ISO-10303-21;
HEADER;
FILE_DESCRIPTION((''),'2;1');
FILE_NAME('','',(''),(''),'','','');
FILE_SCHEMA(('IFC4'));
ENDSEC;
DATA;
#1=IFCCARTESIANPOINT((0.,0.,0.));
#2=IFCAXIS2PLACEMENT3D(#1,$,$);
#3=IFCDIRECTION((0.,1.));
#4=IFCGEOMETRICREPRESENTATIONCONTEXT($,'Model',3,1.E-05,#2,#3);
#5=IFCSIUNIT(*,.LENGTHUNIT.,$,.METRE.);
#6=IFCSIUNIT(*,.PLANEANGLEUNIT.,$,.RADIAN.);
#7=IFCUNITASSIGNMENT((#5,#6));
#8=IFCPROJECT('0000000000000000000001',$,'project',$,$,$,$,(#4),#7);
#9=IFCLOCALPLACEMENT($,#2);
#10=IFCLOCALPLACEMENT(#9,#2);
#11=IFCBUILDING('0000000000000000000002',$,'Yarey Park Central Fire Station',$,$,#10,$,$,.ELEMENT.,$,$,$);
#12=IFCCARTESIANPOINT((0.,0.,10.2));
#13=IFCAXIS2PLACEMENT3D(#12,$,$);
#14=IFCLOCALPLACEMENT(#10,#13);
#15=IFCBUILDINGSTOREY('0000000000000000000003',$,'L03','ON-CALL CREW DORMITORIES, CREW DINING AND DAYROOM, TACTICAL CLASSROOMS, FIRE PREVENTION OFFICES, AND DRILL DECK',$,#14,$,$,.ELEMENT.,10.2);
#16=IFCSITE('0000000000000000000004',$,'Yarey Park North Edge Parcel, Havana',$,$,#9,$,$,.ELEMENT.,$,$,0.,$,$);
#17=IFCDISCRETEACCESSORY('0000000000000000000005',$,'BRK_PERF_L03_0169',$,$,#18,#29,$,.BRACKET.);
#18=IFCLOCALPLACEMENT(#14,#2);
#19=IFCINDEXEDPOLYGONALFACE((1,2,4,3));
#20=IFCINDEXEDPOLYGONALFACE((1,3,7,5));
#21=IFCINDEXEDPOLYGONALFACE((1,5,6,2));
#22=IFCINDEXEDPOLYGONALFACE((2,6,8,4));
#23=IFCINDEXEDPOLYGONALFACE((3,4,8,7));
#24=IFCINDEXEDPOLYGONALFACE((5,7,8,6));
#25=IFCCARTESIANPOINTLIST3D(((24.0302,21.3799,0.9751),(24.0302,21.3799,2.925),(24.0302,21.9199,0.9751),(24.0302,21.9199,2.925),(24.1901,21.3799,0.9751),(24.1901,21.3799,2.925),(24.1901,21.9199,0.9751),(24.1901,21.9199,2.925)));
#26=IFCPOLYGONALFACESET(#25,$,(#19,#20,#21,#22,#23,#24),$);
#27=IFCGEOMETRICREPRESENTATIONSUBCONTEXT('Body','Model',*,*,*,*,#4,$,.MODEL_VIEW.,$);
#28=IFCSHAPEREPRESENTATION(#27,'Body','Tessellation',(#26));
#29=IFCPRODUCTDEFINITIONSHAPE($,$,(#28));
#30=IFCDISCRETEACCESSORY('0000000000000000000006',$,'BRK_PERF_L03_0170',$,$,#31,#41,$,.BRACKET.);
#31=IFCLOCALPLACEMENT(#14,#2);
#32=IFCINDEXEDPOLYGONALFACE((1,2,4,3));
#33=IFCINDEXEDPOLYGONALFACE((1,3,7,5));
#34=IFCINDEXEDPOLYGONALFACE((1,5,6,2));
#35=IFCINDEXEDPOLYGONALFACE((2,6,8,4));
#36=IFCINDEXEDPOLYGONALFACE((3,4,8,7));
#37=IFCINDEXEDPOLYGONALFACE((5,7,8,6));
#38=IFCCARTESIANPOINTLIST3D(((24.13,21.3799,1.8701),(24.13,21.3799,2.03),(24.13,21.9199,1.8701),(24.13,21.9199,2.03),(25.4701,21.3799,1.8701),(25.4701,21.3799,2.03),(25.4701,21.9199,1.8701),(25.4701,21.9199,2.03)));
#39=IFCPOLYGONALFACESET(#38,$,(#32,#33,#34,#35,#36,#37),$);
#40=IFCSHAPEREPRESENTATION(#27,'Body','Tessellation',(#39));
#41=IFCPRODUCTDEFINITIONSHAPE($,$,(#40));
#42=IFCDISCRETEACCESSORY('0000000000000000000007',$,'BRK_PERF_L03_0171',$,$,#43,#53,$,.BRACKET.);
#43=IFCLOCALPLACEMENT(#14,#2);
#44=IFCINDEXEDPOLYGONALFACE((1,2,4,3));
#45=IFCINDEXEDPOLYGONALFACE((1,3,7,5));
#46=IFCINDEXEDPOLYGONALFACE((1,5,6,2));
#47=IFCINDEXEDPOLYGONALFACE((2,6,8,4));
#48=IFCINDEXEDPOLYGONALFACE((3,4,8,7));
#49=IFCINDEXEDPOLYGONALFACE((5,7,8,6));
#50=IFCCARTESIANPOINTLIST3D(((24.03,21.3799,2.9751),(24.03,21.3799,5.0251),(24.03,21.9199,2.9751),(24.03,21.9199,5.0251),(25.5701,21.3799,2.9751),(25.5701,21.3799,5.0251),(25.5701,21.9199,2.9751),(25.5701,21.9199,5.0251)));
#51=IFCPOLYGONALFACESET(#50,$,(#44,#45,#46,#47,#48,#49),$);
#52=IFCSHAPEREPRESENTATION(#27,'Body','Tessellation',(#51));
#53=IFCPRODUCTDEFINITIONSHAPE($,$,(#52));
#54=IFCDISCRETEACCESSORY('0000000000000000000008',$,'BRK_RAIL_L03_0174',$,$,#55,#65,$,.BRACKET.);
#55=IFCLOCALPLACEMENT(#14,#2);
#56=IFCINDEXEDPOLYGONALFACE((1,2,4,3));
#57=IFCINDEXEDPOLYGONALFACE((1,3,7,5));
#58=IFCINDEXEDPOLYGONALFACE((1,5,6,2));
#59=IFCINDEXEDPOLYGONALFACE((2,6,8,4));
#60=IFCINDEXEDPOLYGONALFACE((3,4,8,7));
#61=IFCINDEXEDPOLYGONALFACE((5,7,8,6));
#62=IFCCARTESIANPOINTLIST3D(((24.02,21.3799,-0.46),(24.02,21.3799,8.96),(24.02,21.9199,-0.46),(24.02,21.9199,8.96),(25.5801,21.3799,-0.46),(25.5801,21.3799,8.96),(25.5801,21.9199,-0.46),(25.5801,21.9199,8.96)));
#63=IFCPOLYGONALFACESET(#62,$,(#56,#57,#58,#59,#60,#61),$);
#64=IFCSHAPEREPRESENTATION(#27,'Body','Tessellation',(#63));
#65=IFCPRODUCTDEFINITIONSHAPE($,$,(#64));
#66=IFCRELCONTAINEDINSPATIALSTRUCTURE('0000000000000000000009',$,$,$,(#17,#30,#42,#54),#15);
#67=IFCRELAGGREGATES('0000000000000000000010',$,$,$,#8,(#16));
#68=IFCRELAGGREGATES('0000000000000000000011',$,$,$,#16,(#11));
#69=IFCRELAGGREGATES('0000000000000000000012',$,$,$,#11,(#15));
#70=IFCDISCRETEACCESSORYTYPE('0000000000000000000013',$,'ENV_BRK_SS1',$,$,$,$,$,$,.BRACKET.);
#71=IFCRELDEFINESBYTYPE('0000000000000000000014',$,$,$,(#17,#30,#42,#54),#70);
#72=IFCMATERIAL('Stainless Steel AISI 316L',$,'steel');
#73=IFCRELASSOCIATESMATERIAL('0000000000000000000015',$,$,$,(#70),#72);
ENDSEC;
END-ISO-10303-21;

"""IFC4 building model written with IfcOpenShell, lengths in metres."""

from ifc_helpers import new_model, si_unit, direction, frame, origin, origin_2d, place, context, subcontext, project, spatial, rectangle, extrude, material, type_object, element, save


model = new_model("IFC4")

# Units and contexts
model_context = context("Model", 3, precision=1e-05, world=origin(), true_north=direction((0.0, 1.0)))
body_context = subcontext(model_context, "Body", "Model", "MODEL_VIEW")
ifc_project = project(units=[si_unit("LENGTHUNIT", "METRE"), si_unit("PLANEANGLEUNIT", "RADIAN")], contexts=[model_context])

# Site, building, storey
site_placement = place(None, origin())
site = spatial("IfcSite", under=ifc_project, at=site_placement, Name="Yarey Park North Edge Parcel, Havana", CompositionType="ELEMENT", RefElevation=0.0)
building_placement = place(site_placement, origin())
building = spatial("IfcBuilding", under=site, at=building_placement, Name="Yarey Park Central Fire Station", CompositionType="ELEMENT")
storey_placement = place(building_placement, frame((0.0, 0.0, 10.2)))
storey = spatial("IfcBuildingStorey", under=building, at=storey_placement, Name="L03", Description="ON-CALL CREW DORMITORIES, CREW DINING AND DAYROOM, TACTICAL CLASSROOMS, FIRE PREVENTION OFFICES, AND DRILL DECK", CompositionType="ELEMENT", Elevation=10.2)

# Discrete accessories
ifc_material_1 = material(Name="Stainless Steel AISI 316L", Category="steel")
discrete_accessory_type = type_object("IfcDiscreteAccessoryType", Name="ENV_BRK_SS1", PredefinedType="BRACKET", material=ifc_material_1)
discrete_accessory_1_placement = place(storey_placement, frame((24.1101, 21.6499, 0.9751), z_axis=(0.0, 0.0, 1.0), x_axis=(1.0, 0.0, 0.0)))
element("IfcDiscreteAccessory", 1, at=discrete_accessory_1_placement, inside=storey, type_object=discrete_accessory_type, Name="BRK_PERF_L03_0169", PredefinedType="BRACKET", context=body_context, shape_type="SweptSolid", body=[
    extrude(rectangle(XDim=0.1599, YDim=0.54, at=origin_2d()), origin(), (0.0, 0.0, 1.0), 1.95),
])
discrete_accessory_2_placement = place(storey_placement, frame((24.8, 21.6499, 1.8701), z_axis=(0.0, 0.0, 1.0), x_axis=(1.0, 0.0, 0.0)))
element("IfcDiscreteAccessory", 2, at=discrete_accessory_2_placement, inside=storey, type_object=discrete_accessory_type, Name="BRK_PERF_L03_0170", PredefinedType="BRACKET", context=body_context, shape_type="SweptSolid", body=[
    extrude(rectangle(XDim=1.3401, YDim=0.54, at=origin_2d()), origin(), (0.0, 0.0, 1.0), 0.1599),
])
discrete_accessory_3_placement = place(storey_placement, frame((24.8, 21.6499, 2.9751), z_axis=(0.0, 0.0, 1.0), x_axis=(1.0, 0.0, 0.0)))
element("IfcDiscreteAccessory", 3, at=discrete_accessory_3_placement, inside=storey, type_object=discrete_accessory_type, Name="BRK_PERF_L03_0171", PredefinedType="BRACKET", context=body_context, shape_type="SweptSolid", body=[
    extrude(rectangle(XDim=1.54, YDim=0.54, at=origin_2d()), origin(), (0.0, 0.0, 1.0), 2.05),
])
discrete_accessory_4_placement = place(storey_placement, frame((24.8, 21.6499, -0.46), z_axis=(0.0, 0.0, 1.0), x_axis=(1.0, 0.0, 0.0)))
element("IfcDiscreteAccessory", 4, at=discrete_accessory_4_placement, inside=storey, type_object=discrete_accessory_type, Name="BRK_RAIL_L03_0174", PredefinedType="BRACKET", context=body_context, shape_type="SweptSolid", body=[
    extrude(rectangle(XDim=1.5601, YDim=0.54, at=origin_2d()), origin(), (0.0, 0.0, 1.0), 9.4199),
])

save(model, "model.ifc")
